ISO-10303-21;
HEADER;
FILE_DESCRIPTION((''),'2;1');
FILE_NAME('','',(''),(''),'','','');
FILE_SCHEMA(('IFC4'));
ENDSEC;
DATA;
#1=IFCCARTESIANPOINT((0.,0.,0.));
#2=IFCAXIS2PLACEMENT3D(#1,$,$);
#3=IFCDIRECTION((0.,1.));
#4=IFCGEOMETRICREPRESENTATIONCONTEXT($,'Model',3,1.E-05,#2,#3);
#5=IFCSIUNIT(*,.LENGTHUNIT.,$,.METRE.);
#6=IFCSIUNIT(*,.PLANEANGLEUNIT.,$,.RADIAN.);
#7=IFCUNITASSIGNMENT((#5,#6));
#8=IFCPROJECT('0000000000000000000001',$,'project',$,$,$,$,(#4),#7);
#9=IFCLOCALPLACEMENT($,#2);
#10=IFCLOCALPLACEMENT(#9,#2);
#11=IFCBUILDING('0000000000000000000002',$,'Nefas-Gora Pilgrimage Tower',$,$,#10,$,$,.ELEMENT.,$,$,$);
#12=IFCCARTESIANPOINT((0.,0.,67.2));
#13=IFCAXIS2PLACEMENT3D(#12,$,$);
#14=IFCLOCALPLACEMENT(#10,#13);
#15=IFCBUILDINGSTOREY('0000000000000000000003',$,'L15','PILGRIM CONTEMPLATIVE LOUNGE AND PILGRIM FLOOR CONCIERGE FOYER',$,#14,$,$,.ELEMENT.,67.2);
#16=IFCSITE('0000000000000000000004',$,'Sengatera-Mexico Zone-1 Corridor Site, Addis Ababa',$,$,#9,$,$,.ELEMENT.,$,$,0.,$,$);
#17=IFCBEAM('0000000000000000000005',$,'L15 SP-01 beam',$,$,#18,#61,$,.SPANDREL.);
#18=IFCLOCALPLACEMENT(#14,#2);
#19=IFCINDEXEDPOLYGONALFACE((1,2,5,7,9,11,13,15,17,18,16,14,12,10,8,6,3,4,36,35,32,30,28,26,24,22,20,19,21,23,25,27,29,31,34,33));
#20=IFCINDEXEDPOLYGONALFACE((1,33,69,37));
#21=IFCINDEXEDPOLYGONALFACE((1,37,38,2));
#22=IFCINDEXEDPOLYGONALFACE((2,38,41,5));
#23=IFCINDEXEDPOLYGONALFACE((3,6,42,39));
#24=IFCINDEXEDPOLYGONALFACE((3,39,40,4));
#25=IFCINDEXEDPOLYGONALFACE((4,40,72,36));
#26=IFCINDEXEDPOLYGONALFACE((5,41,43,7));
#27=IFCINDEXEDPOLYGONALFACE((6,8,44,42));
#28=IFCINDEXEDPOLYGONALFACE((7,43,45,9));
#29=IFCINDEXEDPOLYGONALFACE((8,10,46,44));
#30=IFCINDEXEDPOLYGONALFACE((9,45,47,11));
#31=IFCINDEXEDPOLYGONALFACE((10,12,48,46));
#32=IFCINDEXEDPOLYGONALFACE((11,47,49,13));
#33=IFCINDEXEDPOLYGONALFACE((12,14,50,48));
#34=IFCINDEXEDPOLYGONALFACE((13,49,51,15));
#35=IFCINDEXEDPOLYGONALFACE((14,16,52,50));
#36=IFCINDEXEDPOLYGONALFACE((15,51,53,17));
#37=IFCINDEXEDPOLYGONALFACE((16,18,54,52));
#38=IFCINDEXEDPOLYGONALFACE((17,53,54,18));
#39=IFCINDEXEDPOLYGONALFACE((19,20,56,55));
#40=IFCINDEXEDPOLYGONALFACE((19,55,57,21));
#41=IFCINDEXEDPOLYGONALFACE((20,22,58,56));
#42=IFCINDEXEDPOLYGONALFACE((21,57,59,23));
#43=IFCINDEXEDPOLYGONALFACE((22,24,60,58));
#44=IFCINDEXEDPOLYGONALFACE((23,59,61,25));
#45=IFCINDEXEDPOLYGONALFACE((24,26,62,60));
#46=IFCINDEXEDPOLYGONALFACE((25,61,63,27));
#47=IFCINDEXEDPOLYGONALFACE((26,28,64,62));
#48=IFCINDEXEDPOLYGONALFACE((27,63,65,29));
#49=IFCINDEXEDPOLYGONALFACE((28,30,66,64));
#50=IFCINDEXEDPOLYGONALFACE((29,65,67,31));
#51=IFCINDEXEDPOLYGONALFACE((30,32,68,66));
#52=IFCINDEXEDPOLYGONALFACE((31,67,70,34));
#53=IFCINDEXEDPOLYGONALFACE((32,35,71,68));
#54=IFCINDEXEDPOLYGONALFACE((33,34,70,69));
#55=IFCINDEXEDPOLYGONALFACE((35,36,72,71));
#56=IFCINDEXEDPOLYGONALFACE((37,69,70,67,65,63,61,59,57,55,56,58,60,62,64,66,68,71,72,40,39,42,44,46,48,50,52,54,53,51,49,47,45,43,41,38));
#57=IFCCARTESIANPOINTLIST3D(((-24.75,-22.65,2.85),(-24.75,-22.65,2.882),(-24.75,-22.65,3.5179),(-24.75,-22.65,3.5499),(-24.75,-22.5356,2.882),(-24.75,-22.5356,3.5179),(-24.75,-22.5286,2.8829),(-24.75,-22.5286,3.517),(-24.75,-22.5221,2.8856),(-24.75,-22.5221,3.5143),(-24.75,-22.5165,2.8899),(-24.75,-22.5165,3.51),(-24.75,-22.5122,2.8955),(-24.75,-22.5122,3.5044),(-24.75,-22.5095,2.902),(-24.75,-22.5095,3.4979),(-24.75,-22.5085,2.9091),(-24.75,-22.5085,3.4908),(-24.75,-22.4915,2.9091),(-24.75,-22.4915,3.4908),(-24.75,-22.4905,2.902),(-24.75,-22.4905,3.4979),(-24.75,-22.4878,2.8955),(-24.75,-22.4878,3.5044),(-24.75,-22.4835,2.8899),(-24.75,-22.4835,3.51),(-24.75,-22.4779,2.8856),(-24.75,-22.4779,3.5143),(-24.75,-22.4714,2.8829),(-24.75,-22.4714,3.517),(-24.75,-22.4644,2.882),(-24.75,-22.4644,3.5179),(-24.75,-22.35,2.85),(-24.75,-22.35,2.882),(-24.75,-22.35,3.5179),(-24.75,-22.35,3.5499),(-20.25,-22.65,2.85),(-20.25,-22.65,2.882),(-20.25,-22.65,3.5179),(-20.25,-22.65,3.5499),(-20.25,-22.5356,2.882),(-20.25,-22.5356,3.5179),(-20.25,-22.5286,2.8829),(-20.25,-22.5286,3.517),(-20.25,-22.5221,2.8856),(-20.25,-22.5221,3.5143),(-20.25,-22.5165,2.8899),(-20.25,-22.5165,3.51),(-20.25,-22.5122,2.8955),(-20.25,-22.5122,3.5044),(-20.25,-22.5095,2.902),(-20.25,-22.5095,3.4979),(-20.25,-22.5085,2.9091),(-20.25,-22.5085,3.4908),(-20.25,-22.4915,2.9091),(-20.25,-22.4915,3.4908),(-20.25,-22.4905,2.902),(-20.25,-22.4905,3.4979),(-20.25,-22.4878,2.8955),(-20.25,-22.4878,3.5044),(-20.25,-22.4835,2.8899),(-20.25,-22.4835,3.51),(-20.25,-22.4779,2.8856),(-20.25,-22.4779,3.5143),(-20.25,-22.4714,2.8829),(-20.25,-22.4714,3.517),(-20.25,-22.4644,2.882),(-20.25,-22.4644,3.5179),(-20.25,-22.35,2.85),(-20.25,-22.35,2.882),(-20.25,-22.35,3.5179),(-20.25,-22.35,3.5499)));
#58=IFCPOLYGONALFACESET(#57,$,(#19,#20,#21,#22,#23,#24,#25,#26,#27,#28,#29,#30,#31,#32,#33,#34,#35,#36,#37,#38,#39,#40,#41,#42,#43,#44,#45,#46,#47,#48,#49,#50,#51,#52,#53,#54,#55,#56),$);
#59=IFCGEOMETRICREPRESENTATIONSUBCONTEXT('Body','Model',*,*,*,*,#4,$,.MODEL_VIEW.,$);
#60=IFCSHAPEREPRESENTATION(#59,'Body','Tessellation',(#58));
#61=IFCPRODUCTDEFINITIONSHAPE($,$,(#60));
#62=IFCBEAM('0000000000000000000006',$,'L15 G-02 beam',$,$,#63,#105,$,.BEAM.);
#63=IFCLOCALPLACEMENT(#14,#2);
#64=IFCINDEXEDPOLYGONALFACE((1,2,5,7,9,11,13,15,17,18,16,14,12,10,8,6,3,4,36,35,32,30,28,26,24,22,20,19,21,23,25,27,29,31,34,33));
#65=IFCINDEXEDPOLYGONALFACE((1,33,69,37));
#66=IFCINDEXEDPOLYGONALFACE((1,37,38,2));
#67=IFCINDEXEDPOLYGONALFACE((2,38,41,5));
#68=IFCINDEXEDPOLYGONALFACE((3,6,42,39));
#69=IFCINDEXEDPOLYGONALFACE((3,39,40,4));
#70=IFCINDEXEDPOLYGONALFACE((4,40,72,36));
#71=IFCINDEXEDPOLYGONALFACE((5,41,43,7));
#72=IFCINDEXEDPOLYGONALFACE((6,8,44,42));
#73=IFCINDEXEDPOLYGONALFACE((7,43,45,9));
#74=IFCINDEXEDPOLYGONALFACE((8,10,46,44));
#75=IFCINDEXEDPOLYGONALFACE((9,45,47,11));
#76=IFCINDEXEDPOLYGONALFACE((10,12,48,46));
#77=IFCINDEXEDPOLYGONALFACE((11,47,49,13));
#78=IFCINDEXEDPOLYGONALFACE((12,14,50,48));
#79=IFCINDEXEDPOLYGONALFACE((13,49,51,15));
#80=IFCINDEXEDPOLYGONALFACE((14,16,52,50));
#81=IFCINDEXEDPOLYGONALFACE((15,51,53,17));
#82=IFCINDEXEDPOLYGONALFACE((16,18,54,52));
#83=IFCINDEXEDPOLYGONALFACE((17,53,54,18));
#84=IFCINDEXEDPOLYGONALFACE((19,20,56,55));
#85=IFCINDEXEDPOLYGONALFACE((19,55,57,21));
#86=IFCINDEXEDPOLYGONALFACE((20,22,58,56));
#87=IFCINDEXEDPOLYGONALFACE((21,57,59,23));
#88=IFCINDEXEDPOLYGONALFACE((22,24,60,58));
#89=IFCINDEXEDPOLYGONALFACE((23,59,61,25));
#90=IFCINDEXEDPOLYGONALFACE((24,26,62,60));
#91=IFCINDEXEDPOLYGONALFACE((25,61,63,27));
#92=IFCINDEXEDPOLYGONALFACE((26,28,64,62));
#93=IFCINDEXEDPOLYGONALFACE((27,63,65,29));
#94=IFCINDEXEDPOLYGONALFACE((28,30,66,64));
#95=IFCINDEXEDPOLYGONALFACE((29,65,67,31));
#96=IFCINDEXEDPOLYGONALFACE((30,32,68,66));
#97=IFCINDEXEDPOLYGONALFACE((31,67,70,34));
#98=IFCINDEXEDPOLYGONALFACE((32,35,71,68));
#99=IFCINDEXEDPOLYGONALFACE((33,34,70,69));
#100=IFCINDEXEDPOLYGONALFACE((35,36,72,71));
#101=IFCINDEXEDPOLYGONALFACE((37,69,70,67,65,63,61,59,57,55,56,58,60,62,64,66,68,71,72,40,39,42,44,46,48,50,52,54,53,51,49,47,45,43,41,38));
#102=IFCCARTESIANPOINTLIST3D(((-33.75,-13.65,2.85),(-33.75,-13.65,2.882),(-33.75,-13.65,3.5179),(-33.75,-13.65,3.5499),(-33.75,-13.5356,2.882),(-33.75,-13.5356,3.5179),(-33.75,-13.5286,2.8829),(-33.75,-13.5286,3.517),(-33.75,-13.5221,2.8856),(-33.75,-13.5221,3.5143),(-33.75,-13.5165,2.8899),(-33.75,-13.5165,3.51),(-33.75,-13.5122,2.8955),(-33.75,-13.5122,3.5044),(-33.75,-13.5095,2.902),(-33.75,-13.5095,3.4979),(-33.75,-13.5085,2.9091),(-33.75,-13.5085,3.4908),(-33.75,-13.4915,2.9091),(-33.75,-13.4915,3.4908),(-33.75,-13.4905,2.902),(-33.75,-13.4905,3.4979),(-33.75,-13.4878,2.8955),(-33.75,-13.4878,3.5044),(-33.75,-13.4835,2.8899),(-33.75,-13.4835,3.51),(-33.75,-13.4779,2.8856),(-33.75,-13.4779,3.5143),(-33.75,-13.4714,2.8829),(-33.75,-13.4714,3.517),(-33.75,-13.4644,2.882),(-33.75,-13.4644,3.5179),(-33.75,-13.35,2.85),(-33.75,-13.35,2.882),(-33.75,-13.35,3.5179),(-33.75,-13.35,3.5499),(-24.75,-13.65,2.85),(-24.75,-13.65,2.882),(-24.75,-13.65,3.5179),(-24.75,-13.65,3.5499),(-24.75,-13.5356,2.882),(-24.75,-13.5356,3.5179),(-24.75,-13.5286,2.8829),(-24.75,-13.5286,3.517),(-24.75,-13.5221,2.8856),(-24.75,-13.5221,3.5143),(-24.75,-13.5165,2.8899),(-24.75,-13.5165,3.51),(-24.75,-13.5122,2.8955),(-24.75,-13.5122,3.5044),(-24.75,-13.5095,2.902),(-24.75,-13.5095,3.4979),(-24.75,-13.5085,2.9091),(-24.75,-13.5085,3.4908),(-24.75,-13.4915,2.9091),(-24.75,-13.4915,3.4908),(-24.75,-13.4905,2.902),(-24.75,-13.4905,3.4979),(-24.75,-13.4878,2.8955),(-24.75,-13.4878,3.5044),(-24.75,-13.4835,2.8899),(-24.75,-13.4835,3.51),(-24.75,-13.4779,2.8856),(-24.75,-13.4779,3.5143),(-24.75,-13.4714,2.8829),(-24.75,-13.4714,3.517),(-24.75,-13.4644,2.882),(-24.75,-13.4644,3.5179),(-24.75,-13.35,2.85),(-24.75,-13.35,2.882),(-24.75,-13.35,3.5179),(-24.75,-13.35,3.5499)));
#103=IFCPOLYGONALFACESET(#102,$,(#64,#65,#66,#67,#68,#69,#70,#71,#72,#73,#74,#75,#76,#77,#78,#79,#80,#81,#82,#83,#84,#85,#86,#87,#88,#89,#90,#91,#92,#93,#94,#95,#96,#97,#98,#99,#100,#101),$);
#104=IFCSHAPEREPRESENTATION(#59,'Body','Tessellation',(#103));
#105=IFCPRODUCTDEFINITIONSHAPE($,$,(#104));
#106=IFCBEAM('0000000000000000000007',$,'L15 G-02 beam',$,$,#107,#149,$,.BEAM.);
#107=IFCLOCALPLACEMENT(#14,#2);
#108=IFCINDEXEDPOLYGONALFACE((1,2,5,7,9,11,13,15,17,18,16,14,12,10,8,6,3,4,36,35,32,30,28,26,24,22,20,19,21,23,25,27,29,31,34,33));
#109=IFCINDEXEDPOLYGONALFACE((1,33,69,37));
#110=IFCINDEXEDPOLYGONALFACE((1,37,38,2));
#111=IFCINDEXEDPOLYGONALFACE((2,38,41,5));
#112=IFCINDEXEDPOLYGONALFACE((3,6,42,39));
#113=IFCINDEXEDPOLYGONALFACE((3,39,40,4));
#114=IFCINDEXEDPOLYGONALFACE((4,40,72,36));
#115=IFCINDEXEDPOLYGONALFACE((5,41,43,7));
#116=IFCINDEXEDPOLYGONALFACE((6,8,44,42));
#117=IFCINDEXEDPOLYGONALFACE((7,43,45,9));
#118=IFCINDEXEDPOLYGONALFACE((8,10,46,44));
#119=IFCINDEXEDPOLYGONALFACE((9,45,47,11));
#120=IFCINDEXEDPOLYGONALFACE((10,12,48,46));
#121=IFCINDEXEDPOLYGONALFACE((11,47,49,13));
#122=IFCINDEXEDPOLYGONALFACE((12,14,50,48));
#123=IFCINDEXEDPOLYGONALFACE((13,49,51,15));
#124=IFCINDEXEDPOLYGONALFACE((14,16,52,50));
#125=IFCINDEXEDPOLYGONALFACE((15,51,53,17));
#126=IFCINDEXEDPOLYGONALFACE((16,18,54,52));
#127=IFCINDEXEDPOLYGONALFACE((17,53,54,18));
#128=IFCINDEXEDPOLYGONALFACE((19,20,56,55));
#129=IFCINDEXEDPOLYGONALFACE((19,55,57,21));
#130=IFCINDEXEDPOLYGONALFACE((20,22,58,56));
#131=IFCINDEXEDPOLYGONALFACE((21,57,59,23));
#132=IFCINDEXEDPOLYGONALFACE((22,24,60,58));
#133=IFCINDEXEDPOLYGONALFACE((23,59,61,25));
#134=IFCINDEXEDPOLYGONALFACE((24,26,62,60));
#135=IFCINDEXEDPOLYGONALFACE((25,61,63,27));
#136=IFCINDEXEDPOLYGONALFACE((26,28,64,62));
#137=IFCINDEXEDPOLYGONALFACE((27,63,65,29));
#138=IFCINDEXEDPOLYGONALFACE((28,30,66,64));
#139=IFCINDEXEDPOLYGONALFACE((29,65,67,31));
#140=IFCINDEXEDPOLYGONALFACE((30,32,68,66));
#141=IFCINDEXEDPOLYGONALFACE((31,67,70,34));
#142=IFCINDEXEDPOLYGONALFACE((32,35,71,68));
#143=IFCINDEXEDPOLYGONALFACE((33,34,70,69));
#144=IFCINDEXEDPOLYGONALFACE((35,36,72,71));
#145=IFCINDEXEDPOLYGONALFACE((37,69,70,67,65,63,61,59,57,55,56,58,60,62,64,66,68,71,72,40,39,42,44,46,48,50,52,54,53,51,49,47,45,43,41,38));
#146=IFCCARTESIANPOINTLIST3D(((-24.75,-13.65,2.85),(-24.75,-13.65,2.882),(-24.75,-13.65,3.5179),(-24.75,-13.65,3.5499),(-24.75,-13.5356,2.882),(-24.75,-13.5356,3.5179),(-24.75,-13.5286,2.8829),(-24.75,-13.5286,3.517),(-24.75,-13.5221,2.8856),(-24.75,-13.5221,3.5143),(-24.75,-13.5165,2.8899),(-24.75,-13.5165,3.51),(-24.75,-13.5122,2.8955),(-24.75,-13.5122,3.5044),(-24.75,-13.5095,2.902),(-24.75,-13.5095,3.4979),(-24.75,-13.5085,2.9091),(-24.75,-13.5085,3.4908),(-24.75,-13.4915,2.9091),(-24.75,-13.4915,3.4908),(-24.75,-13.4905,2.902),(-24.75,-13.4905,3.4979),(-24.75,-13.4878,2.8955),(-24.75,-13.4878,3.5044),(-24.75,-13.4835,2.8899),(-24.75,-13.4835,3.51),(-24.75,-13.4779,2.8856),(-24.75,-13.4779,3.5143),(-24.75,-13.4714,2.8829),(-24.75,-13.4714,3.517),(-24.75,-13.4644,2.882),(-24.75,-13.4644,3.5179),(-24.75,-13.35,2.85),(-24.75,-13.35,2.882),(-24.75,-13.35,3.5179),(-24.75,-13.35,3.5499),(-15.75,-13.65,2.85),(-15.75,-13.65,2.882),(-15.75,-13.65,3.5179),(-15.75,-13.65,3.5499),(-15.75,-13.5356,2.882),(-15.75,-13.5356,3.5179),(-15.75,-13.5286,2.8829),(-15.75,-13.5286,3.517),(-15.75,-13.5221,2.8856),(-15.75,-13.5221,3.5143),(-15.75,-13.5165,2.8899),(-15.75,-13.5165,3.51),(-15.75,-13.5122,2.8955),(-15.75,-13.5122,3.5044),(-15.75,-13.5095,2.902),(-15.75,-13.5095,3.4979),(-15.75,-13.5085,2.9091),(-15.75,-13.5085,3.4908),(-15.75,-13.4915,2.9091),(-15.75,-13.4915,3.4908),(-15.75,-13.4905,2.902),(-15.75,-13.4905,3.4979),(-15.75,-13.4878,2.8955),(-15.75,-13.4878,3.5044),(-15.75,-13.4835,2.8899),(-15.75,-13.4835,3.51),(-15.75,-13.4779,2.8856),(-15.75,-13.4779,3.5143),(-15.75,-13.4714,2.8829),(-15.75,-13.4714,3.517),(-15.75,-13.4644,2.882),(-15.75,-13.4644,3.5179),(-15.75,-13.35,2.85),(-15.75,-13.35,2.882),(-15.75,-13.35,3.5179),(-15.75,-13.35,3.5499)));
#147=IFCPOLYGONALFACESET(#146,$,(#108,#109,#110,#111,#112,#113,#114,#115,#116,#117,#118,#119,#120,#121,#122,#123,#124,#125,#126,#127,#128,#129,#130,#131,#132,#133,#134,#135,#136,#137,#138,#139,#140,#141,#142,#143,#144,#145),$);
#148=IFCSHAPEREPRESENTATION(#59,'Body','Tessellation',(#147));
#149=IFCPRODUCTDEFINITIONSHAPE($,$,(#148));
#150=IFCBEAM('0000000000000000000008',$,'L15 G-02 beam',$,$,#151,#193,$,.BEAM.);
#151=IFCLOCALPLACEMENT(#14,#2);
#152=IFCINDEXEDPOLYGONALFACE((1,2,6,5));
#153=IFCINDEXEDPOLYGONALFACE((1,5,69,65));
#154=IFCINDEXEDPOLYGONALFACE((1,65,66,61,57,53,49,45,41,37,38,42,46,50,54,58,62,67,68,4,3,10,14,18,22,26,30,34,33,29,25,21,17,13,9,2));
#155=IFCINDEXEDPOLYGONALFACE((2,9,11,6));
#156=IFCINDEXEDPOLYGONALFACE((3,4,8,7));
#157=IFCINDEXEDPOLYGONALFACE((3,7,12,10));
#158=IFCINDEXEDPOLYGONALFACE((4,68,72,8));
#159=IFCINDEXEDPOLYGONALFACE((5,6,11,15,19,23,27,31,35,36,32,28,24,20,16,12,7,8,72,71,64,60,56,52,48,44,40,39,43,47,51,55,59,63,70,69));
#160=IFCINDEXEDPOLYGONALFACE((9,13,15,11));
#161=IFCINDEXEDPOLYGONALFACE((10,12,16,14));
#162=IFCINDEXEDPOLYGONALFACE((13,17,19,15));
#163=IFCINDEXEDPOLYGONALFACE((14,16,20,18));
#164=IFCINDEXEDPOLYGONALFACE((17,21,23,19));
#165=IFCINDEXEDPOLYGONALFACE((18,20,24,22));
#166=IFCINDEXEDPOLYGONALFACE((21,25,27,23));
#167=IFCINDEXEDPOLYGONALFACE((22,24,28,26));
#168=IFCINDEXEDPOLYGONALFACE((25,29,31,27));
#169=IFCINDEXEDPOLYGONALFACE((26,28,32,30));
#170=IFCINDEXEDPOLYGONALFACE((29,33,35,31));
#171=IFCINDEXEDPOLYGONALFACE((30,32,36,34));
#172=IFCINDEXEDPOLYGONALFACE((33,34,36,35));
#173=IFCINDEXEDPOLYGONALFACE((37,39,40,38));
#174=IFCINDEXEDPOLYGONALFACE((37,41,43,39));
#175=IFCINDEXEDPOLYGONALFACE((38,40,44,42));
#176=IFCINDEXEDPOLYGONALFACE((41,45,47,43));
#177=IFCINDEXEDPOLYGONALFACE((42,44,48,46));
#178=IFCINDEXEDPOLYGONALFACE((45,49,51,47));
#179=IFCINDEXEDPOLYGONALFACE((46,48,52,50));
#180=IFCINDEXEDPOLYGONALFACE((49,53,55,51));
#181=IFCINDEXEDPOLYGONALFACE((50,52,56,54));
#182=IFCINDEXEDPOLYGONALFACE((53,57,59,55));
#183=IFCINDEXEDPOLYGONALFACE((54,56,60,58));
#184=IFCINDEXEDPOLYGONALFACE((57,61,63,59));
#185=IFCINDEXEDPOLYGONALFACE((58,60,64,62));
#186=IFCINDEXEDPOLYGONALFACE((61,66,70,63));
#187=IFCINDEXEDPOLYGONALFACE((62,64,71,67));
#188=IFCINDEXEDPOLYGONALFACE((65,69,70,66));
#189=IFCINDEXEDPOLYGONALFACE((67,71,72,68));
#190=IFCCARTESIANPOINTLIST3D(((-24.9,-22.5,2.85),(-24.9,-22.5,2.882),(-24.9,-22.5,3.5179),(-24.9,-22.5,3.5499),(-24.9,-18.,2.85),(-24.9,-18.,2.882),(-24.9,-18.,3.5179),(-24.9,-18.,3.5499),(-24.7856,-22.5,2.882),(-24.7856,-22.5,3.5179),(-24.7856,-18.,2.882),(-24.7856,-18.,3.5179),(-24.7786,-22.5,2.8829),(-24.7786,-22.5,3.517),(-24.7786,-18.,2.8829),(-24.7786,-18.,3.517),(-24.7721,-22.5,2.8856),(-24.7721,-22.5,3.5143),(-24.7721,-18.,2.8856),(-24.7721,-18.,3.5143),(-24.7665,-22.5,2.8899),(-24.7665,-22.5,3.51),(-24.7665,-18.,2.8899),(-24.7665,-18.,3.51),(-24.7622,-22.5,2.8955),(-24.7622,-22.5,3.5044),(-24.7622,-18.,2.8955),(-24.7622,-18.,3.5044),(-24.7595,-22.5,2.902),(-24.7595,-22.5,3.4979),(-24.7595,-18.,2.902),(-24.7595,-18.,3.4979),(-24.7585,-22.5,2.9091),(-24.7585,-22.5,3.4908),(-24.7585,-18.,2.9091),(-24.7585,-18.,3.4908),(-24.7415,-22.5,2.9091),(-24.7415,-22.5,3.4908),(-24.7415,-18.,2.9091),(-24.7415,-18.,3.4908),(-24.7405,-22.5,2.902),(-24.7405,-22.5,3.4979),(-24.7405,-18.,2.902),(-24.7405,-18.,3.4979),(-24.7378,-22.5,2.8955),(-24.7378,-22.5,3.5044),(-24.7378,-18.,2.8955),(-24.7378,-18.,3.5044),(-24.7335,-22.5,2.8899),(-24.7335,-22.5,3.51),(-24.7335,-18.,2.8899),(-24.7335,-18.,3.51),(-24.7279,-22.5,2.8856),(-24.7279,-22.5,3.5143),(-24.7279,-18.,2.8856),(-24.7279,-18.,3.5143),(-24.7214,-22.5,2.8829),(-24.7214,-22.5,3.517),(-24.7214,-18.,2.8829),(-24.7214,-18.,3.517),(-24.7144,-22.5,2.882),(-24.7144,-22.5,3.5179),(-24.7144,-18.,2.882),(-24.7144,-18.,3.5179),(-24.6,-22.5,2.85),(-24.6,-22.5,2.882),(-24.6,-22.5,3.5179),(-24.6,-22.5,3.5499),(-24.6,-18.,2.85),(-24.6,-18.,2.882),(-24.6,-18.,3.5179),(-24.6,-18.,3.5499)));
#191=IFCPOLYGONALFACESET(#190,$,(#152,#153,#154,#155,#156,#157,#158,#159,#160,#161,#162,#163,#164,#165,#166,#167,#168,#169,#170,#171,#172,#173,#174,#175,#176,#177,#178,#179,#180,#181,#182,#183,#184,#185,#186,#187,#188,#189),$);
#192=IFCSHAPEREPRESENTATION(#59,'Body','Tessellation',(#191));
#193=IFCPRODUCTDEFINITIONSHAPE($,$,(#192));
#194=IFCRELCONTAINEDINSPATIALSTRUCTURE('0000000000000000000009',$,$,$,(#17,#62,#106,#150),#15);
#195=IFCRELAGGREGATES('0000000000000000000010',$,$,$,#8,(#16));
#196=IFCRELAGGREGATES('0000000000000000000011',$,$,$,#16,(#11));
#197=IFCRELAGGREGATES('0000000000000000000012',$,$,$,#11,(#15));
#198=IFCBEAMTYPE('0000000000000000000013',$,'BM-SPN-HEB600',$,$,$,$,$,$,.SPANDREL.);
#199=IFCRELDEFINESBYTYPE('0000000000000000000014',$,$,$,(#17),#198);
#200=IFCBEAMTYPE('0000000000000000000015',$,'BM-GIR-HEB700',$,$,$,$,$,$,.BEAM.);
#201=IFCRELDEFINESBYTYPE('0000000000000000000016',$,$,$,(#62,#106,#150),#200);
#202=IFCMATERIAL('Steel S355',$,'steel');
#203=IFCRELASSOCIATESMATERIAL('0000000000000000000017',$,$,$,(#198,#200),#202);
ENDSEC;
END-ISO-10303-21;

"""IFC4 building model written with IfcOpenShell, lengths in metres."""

from ifc_helpers import new_model, si_unit, direction, frame, origin, origin_2d, place, context, subcontext, project, spatial, i_section, extrude, source, transform, mapped, material, material_profile, profile_set, type_object, element, save


model = new_model("IFC4")

# Units and contexts
model_context = context("Model", 3, precision=1e-05, world=origin(), true_north=direction((0.0, 1.0)))
body_context = subcontext(model_context, "Body", "Model", "MODEL_VIEW")
ifc_project = project(units=[si_unit("LENGTHUNIT", "METRE"), si_unit("PLANEANGLEUNIT", "RADIAN")], contexts=[model_context])

# Site, building, storey
site_placement = place(None, origin())
site = spatial("IfcSite", under=ifc_project, at=site_placement, Name="Sengatera-Mexico Zone-1 Corridor Site, Addis Ababa", CompositionType="ELEMENT", RefElevation=0.0)
building_placement = place(site_placement, origin())
building = spatial("IfcBuilding", under=site, at=building_placement, Name="Nefas-Gora Pilgrimage Tower", CompositionType="ELEMENT")
storey_placement = place(building_placement, frame((0.0, 0.0, 67.2)))
storey = spatial("IfcBuildingStorey", under=building, at=storey_placement, Name="L15", Description="PILGRIM CONTEMPLATIVE LOUNGE AND PILGRIM FLOOR CONCIERGE FOYER", CompositionType="ELEMENT", Elevation=67.2)

# Beams
ifc_material_1 = material(Name="Steel S355", Category="steel")
ifc_material_profile_1 = material_profile(ifc_material_1, i_section(OverallWidth=0.3, OverallDepth=0.7, WebThickness=0.0171, FlangeThickness=0.032, FilletRadius=0.0271, at=origin_2d()), Name="HEB 700")
ifc_profile_set_1 = profile_set([ifc_material_profile_1], Name="Steel S355")
beam_type_1 = type_object("IfcBeamType", Name="BM-SPN-HEB600", PredefinedType="SPANDREL", material=ifc_profile_set_1)
shared_shape_1 = source(origin(), body_context, "Body", "SweptSolid", [
    extrude(i_section(OverallWidth=0.3, OverallDepth=0.7, WebThickness=0.0171, FlangeThickness=0.032, FilletRadius=0.0271, at=origin_2d()), origin(), (0.0, 0.0, 1.0), 4.5),
])
for number, where, z_axis, x_axis, name in (
    (1, (-24.75, -22.5, 3.2), (1.0, 0.0, 0.0), (0.0, 1.0, 0.0), "L15 SP-01 beam"),
):
    element("IfcBeam", number, at=place(storey_placement, frame(where, z_axis=z_axis, x_axis=x_axis)), inside=storey, type_object=beam_type_1, Name=name, PredefinedType="SPANDREL", context=body_context, shape_type="MappedRepresentation", body=[
        mapped(shared_shape_1, transform((0.0, 0.0, 0.0), x_axis=(1.0, 0.0, 0.0), y_axis=(0.0, 1.0, 0.0), z_axis=(0.0, 0.0, 1.0), scale=1.0)),
    ])
ifc_material_profile_2 = material_profile(ifc_material_1, i_section(OverallWidth=0.3, OverallDepth=0.7, WebThickness=0.0171, FlangeThickness=0.032, FilletRadius=0.0271, at=origin_2d()), Name="HEB 700")
ifc_profile_set_2 = profile_set([ifc_material_profile_2], Name="Steel S355")
beam_type_2 = type_object("IfcBeamType", Name="BM-GIR-HEB700", PredefinedType="BEAM", material=ifc_profile_set_2)
shared_shape_2 = source(origin(), body_context, "Body", "SweptSolid", [
    extrude(i_section(OverallWidth=0.3, OverallDepth=0.7, WebThickness=0.0171, FlangeThickness=0.032, FilletRadius=0.0271, at=origin_2d()), origin(), (0.0, 0.0, 1.0), 9.0),
])
for number, where, z_axis, x_axis, name in (
    (2, (-33.75, -13.5, 3.2), (1.0, 0.0, 0.0), (0.0, 1.0, 0.0), "L15 G-02 beam"),
    (3, (-24.75, -13.5, 3.2), (1.0, 0.0, 0.0), (0.0, 1.0, 0.0), "L15 G-02 beam"),
):
    element("IfcBeam", number, at=place(storey_placement, frame(where, z_axis=z_axis, x_axis=x_axis)), inside=storey, type_object=beam_type_2, Name=name, PredefinedType="BEAM", context=body_context, shape_type="MappedRepresentation", body=[
        mapped(shared_shape_2, transform((0.0, 0.0, 0.0), x_axis=(1.0, 0.0, 0.0), y_axis=(0.0, 1.0, 0.0), z_axis=(0.0, 0.0, 1.0), scale=1.0)),
    ])
shared_shape_3 = source(origin(), body_context, "Body", "SweptSolid", [
    extrude(i_section(OverallWidth=0.3, OverallDepth=0.7, WebThickness=0.0171, FlangeThickness=0.032, FilletRadius=0.0271, at=origin_2d()), origin(), (0.0, 0.0, 1.0), 4.5),
])
for number, where, z_axis, x_axis, name in (
    (4, (-24.75, -22.5, 3.2), (0.0, 1.0, 0.0), (-1.0, 0.0, 0.0), "L15 G-02 beam"),
):
    element("IfcBeam", number, at=place(storey_placement, frame(where, z_axis=z_axis, x_axis=x_axis)), inside=storey, type_object=beam_type_2, Name=name, PredefinedType="BEAM", context=body_context, shape_type="MappedRepresentation", body=[
        mapped(shared_shape_3, transform((0.0, 0.0, 0.0), x_axis=(1.0, 0.0, 0.0), y_axis=(0.0, 1.0, 0.0), z_axis=(0.0, 0.0, 1.0), scale=1.0)),
    ])

save(model, "model.ifc")
